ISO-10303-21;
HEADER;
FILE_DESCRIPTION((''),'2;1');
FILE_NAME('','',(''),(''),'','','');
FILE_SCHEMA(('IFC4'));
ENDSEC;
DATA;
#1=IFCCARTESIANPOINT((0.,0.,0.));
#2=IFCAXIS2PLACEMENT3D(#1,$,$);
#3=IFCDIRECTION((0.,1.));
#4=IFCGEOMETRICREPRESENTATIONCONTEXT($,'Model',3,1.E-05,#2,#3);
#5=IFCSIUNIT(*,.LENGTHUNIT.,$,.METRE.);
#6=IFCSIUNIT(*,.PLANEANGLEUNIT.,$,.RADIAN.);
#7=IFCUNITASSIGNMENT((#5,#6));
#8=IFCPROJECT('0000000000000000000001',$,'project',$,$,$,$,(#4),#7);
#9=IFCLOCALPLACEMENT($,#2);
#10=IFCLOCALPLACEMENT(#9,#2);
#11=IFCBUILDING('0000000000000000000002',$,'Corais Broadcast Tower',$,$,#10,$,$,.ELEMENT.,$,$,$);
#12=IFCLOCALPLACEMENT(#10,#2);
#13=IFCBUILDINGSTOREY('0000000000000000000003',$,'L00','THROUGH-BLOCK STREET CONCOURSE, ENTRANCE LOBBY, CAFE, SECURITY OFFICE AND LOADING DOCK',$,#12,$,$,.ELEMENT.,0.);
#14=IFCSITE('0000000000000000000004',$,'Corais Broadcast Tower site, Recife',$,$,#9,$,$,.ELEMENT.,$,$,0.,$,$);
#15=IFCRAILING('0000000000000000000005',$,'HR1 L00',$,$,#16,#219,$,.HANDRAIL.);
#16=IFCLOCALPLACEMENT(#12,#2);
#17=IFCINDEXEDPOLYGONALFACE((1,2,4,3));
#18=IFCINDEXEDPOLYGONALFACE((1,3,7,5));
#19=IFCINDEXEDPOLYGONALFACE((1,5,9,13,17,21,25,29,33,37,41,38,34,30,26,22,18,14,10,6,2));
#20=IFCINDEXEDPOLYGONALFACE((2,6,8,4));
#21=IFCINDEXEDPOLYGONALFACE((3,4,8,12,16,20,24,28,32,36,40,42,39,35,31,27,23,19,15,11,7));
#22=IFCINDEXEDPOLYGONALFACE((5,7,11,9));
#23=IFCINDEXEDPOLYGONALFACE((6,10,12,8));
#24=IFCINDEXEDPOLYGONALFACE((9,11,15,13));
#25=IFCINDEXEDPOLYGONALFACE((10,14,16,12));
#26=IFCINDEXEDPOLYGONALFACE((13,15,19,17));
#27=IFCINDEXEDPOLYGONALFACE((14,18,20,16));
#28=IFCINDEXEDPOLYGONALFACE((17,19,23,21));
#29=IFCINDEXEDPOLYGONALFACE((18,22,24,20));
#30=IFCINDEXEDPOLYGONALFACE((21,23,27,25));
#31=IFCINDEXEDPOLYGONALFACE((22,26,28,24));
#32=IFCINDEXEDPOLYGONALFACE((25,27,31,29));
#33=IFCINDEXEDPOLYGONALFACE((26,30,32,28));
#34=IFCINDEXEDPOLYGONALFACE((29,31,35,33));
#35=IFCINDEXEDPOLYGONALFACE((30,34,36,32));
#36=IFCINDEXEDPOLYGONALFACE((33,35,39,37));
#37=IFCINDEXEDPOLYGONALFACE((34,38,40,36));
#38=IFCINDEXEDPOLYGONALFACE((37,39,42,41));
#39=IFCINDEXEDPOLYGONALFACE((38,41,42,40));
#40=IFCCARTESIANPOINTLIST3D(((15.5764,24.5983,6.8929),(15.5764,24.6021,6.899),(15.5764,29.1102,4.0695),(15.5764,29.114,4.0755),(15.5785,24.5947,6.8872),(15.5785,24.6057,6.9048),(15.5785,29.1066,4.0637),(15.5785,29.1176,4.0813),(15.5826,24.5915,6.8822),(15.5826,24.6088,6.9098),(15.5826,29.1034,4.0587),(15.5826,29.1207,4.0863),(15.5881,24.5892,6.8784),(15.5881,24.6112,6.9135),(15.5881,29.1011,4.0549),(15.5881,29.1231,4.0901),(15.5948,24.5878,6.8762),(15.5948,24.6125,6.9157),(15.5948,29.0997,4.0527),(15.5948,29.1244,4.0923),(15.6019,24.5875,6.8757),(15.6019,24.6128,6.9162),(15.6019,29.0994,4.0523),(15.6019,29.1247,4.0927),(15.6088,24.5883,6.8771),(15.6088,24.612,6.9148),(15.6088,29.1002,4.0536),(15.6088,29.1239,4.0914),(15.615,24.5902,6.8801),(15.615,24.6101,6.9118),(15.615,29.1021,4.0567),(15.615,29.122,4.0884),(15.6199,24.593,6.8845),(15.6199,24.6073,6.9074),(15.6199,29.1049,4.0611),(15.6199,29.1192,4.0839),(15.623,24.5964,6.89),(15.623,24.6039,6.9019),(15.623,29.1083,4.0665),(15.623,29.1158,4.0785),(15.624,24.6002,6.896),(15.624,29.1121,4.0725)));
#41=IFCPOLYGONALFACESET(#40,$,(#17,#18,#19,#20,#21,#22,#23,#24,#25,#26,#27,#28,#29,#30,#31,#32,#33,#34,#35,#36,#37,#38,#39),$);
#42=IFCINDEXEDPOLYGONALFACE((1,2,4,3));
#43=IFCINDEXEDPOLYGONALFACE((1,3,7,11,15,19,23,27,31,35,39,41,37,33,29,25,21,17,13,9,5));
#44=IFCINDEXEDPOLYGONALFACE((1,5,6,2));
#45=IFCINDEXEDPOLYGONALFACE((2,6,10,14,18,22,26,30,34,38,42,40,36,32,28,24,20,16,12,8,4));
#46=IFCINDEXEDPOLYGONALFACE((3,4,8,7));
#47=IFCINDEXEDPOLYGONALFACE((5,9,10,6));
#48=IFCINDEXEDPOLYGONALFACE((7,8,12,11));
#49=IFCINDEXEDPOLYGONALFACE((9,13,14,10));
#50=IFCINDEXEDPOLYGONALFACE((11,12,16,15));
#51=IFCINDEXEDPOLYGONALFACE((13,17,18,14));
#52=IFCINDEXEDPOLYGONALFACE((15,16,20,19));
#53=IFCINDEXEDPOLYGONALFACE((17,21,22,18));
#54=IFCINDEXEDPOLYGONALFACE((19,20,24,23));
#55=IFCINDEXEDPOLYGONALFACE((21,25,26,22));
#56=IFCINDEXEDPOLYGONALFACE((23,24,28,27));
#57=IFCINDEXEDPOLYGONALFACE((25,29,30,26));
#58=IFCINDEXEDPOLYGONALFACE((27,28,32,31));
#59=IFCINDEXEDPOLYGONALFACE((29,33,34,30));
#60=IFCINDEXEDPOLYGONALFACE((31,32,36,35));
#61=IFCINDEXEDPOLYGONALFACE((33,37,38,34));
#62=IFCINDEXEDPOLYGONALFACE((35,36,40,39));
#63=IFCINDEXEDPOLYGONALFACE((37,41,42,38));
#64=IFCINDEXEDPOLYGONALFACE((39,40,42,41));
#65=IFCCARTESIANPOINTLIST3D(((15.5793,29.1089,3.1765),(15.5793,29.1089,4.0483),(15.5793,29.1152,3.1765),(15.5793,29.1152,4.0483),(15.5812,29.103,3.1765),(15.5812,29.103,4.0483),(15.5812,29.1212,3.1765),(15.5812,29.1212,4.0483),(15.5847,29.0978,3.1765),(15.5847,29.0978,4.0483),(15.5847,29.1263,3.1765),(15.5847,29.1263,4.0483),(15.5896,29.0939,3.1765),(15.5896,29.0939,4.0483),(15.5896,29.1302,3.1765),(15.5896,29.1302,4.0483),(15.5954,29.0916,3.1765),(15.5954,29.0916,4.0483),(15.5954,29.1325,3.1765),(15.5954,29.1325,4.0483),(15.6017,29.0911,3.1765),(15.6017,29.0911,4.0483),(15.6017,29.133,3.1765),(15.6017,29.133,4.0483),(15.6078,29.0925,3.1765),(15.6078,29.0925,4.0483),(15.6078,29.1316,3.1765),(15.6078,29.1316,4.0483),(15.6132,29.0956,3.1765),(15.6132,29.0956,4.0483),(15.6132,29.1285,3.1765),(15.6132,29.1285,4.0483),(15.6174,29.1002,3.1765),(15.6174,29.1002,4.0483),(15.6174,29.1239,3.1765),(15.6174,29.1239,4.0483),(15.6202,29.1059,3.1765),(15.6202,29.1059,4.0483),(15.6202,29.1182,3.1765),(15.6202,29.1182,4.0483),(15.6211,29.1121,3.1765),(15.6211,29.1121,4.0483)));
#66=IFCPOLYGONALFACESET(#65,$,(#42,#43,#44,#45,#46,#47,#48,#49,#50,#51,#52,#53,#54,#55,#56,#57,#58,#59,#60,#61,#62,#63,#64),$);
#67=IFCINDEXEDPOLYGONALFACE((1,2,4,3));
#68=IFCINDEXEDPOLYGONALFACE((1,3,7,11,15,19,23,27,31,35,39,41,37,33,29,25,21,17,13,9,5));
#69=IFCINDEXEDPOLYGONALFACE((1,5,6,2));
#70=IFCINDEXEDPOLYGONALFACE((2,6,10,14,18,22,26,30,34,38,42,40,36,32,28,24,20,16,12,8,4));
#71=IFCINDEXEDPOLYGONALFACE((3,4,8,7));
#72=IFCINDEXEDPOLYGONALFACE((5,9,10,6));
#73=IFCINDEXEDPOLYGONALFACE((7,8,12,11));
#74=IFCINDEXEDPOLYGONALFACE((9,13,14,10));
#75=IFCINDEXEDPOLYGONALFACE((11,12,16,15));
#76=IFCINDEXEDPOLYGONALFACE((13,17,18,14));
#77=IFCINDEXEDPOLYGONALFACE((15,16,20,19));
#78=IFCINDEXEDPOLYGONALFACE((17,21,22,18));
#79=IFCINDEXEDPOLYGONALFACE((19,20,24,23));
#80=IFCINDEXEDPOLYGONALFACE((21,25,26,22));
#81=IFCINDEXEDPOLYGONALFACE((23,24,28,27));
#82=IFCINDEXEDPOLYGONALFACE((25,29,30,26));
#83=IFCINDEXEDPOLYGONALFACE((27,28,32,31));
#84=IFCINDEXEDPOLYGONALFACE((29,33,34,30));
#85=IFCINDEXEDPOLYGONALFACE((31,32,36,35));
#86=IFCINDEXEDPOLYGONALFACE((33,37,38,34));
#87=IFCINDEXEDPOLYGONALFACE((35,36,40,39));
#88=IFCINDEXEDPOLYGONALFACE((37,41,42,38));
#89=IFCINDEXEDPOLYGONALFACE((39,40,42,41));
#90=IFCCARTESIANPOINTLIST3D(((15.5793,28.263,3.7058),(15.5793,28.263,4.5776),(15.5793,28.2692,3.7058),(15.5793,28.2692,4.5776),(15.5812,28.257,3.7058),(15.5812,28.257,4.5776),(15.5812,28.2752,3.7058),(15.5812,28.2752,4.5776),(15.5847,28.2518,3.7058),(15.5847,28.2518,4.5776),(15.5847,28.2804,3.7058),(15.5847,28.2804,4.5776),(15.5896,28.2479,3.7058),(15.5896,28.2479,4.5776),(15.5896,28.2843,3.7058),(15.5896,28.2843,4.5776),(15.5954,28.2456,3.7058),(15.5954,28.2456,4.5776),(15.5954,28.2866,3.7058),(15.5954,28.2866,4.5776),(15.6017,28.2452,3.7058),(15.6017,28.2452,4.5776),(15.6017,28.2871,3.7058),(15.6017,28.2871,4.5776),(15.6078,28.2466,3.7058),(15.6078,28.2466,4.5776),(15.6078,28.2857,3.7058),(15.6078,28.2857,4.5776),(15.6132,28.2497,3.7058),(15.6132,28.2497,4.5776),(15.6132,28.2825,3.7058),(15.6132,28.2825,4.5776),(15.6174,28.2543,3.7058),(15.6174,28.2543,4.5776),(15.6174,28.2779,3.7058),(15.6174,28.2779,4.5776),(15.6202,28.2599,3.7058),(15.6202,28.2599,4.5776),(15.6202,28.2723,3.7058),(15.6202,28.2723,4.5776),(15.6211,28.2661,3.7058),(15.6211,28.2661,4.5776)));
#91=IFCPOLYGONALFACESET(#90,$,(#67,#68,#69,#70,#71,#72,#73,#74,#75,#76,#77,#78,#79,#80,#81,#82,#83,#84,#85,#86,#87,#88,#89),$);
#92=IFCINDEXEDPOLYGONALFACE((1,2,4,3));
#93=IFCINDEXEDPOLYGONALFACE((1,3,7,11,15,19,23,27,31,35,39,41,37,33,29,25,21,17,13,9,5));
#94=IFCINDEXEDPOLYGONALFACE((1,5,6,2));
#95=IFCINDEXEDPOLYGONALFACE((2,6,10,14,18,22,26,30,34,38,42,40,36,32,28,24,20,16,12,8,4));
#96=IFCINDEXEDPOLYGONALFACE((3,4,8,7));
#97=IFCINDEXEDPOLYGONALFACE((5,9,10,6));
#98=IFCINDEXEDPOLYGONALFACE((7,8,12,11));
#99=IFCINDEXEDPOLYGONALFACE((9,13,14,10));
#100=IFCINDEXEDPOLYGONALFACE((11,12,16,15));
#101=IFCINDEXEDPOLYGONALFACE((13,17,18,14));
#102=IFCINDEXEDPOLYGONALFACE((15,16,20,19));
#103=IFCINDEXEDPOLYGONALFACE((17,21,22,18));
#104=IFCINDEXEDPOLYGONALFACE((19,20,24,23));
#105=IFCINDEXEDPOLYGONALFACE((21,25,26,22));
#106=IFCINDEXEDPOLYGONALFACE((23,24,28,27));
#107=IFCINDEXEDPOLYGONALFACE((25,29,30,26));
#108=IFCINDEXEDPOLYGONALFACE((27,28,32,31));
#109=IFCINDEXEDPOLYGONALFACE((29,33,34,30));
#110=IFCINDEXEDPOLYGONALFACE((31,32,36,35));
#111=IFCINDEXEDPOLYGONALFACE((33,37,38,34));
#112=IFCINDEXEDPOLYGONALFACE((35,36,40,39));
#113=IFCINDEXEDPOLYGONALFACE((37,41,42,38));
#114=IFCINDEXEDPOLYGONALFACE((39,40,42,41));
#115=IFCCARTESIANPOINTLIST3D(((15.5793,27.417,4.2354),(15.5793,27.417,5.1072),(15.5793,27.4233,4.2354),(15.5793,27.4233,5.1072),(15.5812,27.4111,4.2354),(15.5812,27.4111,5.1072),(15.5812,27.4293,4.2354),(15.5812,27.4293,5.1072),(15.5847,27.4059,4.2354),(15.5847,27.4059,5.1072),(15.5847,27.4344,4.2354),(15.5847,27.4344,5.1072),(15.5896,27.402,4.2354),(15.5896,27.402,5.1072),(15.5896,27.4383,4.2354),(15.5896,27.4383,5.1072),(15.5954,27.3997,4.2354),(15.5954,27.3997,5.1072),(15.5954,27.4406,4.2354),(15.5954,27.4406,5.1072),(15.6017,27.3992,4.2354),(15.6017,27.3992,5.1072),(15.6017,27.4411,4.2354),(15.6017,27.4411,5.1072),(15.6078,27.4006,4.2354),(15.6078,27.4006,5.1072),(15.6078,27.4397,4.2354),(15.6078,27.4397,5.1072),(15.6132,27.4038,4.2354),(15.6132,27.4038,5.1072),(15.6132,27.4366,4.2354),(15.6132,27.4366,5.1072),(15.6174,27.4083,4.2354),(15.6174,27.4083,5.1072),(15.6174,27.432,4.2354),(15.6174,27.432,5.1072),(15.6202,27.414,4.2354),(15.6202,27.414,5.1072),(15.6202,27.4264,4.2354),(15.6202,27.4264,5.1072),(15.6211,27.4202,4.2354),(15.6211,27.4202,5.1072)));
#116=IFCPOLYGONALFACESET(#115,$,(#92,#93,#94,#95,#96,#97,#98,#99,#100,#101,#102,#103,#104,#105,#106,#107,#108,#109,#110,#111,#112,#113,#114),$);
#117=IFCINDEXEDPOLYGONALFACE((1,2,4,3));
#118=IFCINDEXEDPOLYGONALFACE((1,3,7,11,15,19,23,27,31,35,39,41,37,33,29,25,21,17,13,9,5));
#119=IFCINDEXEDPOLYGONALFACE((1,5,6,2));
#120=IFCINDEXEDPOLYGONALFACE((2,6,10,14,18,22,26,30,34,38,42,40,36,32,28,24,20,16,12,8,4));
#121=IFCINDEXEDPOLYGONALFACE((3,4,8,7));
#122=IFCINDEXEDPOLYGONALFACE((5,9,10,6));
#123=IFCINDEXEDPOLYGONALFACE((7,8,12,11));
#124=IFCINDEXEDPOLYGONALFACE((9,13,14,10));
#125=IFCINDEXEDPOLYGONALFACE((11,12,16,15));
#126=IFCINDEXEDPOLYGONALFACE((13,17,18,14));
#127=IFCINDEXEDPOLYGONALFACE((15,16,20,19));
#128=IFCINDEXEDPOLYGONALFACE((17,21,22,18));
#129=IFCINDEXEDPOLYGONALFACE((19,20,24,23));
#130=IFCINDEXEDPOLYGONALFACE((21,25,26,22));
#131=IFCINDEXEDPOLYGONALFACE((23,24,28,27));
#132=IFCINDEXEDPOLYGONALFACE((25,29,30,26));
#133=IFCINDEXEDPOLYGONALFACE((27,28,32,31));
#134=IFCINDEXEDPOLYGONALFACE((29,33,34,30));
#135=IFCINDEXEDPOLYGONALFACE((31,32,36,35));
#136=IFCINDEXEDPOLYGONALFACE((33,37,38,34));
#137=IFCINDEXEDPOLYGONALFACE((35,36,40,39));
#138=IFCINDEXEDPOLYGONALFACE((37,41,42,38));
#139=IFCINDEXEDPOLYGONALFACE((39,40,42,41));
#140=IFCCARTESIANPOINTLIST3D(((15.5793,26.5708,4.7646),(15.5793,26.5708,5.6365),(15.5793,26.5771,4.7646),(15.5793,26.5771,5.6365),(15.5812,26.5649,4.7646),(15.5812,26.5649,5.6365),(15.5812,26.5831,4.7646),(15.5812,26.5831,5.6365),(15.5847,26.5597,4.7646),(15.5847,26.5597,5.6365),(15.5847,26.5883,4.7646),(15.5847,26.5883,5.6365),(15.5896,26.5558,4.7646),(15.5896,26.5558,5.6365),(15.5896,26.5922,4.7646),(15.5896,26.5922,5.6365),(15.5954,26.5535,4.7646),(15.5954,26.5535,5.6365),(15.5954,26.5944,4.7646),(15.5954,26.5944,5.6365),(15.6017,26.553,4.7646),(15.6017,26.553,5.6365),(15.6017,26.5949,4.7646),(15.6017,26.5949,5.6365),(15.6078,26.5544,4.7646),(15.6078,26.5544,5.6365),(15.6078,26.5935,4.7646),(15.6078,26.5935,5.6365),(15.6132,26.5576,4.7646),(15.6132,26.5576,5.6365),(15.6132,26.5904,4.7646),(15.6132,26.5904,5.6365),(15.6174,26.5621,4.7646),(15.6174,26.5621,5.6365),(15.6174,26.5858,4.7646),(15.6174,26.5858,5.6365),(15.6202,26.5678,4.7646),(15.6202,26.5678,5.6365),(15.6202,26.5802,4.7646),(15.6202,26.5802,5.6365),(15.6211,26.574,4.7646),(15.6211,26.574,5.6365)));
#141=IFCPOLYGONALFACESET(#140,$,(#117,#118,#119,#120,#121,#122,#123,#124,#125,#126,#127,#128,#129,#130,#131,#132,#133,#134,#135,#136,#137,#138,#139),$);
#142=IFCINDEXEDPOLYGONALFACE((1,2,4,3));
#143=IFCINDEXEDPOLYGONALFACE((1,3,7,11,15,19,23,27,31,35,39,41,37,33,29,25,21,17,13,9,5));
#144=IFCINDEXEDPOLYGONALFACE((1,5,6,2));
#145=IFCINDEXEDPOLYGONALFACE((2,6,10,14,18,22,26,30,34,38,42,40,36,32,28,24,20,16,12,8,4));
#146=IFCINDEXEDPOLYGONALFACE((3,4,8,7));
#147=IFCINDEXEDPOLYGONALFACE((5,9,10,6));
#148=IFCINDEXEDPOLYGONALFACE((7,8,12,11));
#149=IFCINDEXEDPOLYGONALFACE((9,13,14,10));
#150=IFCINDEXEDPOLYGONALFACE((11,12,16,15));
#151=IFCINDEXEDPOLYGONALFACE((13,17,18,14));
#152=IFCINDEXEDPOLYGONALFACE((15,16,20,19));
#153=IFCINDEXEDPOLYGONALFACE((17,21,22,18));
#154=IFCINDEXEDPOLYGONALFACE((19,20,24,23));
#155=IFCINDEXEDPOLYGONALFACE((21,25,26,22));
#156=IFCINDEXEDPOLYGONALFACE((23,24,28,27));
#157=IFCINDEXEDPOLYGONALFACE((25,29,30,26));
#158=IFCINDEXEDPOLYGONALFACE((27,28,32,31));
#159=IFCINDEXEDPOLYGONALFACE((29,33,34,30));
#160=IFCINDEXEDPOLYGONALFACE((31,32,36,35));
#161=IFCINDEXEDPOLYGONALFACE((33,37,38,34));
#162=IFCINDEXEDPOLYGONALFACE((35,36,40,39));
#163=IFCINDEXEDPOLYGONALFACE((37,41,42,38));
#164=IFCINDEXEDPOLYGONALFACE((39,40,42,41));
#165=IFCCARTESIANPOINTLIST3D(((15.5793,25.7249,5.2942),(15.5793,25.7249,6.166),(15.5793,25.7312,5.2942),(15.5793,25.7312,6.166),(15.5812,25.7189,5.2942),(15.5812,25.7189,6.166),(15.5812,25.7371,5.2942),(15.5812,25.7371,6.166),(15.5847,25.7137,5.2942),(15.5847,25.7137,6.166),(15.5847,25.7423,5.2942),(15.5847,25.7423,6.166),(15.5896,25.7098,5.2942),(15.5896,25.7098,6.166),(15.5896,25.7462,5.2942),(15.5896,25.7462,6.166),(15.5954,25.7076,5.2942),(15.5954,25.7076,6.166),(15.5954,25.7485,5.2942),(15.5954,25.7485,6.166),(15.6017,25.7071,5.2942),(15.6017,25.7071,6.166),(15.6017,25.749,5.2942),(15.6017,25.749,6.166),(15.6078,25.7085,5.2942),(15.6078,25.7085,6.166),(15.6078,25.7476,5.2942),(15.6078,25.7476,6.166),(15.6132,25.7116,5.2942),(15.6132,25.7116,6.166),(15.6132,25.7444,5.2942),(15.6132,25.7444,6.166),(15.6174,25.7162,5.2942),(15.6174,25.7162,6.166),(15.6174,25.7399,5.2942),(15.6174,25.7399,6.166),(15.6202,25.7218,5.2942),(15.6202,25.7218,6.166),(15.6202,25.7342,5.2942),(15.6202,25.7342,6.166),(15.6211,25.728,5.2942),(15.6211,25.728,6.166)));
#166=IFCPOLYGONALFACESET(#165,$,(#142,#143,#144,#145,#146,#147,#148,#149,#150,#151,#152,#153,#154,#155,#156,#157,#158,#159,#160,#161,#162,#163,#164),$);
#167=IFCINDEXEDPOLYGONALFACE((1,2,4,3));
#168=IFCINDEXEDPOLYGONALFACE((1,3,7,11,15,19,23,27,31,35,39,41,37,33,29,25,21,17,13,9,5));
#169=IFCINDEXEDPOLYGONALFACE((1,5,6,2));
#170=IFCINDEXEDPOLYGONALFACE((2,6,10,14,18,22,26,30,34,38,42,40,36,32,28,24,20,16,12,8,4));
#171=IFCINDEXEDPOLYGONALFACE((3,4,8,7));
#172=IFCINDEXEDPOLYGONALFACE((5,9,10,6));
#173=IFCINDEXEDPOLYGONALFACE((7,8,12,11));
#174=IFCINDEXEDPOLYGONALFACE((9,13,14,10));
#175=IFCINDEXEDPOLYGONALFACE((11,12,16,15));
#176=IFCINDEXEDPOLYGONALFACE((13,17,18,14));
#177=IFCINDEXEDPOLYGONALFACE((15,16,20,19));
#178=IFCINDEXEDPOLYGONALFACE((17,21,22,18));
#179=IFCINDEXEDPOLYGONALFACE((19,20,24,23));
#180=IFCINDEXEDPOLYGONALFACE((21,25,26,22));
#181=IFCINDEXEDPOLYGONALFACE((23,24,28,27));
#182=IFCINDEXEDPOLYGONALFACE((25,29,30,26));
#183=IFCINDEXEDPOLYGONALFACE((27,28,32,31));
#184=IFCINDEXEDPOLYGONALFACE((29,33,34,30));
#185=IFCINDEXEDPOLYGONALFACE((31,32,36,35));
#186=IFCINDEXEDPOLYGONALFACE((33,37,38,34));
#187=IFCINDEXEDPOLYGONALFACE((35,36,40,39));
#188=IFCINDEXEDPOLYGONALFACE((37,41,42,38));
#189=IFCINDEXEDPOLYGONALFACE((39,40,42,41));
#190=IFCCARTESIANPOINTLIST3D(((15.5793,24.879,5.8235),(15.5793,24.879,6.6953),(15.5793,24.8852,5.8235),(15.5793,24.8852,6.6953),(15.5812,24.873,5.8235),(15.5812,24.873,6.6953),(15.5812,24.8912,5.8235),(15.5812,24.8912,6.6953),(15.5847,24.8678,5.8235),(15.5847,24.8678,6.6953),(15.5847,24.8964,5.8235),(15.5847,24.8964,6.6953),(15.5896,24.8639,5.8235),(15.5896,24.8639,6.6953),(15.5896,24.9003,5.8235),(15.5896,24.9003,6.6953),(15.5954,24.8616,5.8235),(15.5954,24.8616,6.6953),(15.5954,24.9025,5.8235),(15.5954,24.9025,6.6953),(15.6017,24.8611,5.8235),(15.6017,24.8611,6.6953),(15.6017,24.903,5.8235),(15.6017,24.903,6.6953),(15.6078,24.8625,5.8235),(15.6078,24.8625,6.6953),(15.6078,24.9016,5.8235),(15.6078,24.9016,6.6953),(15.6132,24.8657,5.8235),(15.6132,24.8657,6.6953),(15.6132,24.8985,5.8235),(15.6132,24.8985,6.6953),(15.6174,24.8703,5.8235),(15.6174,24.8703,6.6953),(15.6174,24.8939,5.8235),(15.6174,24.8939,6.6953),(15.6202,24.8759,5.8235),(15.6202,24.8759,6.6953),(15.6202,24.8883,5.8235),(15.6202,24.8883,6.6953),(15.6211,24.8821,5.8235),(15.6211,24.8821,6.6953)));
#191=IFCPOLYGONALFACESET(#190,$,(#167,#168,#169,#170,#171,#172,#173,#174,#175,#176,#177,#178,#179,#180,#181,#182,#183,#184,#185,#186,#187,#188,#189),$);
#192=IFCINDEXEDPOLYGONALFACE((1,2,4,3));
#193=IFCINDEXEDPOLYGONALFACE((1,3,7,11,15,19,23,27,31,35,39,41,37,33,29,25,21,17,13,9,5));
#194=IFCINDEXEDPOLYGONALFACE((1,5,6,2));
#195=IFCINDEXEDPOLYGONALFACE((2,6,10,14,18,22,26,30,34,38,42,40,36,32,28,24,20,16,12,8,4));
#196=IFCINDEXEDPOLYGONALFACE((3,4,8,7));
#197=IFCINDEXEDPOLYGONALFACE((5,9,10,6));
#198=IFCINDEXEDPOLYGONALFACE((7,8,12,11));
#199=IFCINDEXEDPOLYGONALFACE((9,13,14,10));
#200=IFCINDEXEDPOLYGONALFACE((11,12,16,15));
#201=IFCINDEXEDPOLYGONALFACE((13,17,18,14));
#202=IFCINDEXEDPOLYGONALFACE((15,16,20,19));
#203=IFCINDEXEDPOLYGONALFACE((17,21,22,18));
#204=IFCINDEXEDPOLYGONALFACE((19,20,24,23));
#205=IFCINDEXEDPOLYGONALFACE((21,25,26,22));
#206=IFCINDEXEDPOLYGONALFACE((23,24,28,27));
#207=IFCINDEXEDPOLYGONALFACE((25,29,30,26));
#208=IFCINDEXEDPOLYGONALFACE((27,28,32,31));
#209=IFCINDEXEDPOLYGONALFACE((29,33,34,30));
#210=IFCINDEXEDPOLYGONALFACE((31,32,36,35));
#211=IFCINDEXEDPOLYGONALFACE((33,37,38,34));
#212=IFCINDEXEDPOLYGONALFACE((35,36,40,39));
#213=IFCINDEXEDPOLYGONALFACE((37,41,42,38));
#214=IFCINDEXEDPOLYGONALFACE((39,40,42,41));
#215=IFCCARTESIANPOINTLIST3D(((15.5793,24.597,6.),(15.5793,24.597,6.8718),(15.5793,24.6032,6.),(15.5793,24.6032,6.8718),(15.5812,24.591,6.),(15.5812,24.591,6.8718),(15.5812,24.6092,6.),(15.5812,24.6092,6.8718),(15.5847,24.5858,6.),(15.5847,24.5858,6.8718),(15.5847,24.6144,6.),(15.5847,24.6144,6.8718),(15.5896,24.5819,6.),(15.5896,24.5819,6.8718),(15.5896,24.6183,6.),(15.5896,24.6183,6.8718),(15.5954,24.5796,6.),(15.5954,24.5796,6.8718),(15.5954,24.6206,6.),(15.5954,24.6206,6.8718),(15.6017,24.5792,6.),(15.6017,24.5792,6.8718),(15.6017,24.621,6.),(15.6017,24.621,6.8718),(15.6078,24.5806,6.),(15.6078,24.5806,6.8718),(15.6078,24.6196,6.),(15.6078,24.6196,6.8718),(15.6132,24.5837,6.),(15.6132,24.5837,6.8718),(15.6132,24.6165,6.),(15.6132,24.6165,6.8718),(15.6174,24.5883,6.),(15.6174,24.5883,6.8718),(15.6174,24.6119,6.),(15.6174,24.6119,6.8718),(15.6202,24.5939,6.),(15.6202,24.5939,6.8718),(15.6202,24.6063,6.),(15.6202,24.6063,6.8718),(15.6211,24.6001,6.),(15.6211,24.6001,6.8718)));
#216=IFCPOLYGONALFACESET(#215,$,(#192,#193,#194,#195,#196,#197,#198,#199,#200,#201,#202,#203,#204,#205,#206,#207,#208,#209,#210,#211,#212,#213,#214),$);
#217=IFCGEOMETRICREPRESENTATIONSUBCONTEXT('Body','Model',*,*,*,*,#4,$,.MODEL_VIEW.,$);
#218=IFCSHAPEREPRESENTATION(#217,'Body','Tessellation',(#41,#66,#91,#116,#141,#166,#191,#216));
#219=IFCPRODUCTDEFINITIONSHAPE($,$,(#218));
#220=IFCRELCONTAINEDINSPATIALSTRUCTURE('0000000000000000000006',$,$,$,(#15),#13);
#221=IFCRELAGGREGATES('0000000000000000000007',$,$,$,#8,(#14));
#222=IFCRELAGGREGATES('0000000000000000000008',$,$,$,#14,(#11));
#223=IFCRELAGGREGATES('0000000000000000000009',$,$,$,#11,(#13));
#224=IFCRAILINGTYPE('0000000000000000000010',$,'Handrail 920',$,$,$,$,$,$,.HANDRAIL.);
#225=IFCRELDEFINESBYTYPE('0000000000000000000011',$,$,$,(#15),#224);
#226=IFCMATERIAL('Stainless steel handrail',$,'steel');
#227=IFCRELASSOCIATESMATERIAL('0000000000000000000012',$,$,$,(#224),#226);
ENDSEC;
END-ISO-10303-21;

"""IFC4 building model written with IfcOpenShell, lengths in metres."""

from ifc_helpers import new_model, si_unit, direction, frame, origin, origin_2d, place, context, subcontext, project, spatial, circle, extrude, material, type_object, element, save


model = new_model("IFC4")

# Units and contexts
model_context = context("Model", 3, precision=1e-05, world=origin(), true_north=direction((0.0, 1.0)))
body_context = subcontext(model_context, "Body", "Model", "MODEL_VIEW")
ifc_project = project(units=[si_unit("LENGTHUNIT", "METRE"), si_unit("PLANEANGLEUNIT", "RADIAN")], contexts=[model_context])

# Site, building, storey
site_placement = place(None, origin())
site = spatial("IfcSite", under=ifc_project, at=site_placement, Name="Corais Broadcast Tower site, Recife", CompositionType="ELEMENT", RefElevation=0.0)
building_placement = place(site_placement, origin())
building = spatial("IfcBuilding", under=site, at=building_placement, Name="Corais Broadcast Tower", CompositionType="ELEMENT")
storey_placement = place(building_placement, origin())
storey = spatial("IfcBuildingStorey", under=building, at=storey_placement, Name="L00", Description="THROUGH-BLOCK STREET CONCOURSE, ENTRANCE LOBBY, CAFE, SECURITY OFFICE AND LOADING DOCK", CompositionType="ELEMENT", Elevation=0.0)

# Railing
ifc_material_1 = material(Name="Stainless steel handrail", Category="steel")
railing_type = type_object("IfcRailingType", Name="Handrail 920", PredefinedType="HANDRAIL", material=ifc_material_1)
for number, where, name in (
    (1, (15.6001, 29.1121, 3.1765), "HR1 L00"),
):
    element("IfcRailing", number, at=place(storey_placement, frame(where)), inside=storey, type_object=railing_type, Name=name, PredefinedType="HANDRAIL", context=body_context, shape_type="SweptSolid", body=[
        extrude(circle(Radius=0.0239, at=origin_2d()), frame((0.0, 0.0, 0.896), z_axis=(0.0, -0.847702, 0.530473), x_axis=(1.0, 0.0, 0.0)), (0.0, 0.0, 1.0), 5.3225),
        extrude(circle(Radius=0.021, at=origin_2d()), origin(), (0.0, 0.0, 1.0), 0.8718),
        extrude(circle(Radius=0.021, at=origin_2d()), frame((0.0, -0.8459, 0.5293)), (0.0, 0.0, 1.0), 0.8718),
        extrude(circle(Radius=0.021, at=origin_2d()), frame((0.0, -1.6919, 1.0588)), (0.0, 0.0, 1.0), 0.8718),
        extrude(circle(Radius=0.021, at=origin_2d()), frame((0.0, -2.5381, 1.5881)), (0.0, 0.0, 1.0), 0.8718),
        extrude(circle(Radius=0.021, at=origin_2d()), frame((0.0, -3.384, 2.1177)), (0.0, 0.0, 1.0), 0.8718),
        extrude(circle(Radius=0.021, at=origin_2d()), frame((0.0, -4.23, 2.647)), (0.0, 0.0, 1.0), 0.8718),
        extrude(circle(Radius=0.021, at=origin_2d()), frame((0.0, -4.512, 2.8235)), (0.0, 0.0, 1.0), 0.8718),
    ])

save(model, "model.ifc")
